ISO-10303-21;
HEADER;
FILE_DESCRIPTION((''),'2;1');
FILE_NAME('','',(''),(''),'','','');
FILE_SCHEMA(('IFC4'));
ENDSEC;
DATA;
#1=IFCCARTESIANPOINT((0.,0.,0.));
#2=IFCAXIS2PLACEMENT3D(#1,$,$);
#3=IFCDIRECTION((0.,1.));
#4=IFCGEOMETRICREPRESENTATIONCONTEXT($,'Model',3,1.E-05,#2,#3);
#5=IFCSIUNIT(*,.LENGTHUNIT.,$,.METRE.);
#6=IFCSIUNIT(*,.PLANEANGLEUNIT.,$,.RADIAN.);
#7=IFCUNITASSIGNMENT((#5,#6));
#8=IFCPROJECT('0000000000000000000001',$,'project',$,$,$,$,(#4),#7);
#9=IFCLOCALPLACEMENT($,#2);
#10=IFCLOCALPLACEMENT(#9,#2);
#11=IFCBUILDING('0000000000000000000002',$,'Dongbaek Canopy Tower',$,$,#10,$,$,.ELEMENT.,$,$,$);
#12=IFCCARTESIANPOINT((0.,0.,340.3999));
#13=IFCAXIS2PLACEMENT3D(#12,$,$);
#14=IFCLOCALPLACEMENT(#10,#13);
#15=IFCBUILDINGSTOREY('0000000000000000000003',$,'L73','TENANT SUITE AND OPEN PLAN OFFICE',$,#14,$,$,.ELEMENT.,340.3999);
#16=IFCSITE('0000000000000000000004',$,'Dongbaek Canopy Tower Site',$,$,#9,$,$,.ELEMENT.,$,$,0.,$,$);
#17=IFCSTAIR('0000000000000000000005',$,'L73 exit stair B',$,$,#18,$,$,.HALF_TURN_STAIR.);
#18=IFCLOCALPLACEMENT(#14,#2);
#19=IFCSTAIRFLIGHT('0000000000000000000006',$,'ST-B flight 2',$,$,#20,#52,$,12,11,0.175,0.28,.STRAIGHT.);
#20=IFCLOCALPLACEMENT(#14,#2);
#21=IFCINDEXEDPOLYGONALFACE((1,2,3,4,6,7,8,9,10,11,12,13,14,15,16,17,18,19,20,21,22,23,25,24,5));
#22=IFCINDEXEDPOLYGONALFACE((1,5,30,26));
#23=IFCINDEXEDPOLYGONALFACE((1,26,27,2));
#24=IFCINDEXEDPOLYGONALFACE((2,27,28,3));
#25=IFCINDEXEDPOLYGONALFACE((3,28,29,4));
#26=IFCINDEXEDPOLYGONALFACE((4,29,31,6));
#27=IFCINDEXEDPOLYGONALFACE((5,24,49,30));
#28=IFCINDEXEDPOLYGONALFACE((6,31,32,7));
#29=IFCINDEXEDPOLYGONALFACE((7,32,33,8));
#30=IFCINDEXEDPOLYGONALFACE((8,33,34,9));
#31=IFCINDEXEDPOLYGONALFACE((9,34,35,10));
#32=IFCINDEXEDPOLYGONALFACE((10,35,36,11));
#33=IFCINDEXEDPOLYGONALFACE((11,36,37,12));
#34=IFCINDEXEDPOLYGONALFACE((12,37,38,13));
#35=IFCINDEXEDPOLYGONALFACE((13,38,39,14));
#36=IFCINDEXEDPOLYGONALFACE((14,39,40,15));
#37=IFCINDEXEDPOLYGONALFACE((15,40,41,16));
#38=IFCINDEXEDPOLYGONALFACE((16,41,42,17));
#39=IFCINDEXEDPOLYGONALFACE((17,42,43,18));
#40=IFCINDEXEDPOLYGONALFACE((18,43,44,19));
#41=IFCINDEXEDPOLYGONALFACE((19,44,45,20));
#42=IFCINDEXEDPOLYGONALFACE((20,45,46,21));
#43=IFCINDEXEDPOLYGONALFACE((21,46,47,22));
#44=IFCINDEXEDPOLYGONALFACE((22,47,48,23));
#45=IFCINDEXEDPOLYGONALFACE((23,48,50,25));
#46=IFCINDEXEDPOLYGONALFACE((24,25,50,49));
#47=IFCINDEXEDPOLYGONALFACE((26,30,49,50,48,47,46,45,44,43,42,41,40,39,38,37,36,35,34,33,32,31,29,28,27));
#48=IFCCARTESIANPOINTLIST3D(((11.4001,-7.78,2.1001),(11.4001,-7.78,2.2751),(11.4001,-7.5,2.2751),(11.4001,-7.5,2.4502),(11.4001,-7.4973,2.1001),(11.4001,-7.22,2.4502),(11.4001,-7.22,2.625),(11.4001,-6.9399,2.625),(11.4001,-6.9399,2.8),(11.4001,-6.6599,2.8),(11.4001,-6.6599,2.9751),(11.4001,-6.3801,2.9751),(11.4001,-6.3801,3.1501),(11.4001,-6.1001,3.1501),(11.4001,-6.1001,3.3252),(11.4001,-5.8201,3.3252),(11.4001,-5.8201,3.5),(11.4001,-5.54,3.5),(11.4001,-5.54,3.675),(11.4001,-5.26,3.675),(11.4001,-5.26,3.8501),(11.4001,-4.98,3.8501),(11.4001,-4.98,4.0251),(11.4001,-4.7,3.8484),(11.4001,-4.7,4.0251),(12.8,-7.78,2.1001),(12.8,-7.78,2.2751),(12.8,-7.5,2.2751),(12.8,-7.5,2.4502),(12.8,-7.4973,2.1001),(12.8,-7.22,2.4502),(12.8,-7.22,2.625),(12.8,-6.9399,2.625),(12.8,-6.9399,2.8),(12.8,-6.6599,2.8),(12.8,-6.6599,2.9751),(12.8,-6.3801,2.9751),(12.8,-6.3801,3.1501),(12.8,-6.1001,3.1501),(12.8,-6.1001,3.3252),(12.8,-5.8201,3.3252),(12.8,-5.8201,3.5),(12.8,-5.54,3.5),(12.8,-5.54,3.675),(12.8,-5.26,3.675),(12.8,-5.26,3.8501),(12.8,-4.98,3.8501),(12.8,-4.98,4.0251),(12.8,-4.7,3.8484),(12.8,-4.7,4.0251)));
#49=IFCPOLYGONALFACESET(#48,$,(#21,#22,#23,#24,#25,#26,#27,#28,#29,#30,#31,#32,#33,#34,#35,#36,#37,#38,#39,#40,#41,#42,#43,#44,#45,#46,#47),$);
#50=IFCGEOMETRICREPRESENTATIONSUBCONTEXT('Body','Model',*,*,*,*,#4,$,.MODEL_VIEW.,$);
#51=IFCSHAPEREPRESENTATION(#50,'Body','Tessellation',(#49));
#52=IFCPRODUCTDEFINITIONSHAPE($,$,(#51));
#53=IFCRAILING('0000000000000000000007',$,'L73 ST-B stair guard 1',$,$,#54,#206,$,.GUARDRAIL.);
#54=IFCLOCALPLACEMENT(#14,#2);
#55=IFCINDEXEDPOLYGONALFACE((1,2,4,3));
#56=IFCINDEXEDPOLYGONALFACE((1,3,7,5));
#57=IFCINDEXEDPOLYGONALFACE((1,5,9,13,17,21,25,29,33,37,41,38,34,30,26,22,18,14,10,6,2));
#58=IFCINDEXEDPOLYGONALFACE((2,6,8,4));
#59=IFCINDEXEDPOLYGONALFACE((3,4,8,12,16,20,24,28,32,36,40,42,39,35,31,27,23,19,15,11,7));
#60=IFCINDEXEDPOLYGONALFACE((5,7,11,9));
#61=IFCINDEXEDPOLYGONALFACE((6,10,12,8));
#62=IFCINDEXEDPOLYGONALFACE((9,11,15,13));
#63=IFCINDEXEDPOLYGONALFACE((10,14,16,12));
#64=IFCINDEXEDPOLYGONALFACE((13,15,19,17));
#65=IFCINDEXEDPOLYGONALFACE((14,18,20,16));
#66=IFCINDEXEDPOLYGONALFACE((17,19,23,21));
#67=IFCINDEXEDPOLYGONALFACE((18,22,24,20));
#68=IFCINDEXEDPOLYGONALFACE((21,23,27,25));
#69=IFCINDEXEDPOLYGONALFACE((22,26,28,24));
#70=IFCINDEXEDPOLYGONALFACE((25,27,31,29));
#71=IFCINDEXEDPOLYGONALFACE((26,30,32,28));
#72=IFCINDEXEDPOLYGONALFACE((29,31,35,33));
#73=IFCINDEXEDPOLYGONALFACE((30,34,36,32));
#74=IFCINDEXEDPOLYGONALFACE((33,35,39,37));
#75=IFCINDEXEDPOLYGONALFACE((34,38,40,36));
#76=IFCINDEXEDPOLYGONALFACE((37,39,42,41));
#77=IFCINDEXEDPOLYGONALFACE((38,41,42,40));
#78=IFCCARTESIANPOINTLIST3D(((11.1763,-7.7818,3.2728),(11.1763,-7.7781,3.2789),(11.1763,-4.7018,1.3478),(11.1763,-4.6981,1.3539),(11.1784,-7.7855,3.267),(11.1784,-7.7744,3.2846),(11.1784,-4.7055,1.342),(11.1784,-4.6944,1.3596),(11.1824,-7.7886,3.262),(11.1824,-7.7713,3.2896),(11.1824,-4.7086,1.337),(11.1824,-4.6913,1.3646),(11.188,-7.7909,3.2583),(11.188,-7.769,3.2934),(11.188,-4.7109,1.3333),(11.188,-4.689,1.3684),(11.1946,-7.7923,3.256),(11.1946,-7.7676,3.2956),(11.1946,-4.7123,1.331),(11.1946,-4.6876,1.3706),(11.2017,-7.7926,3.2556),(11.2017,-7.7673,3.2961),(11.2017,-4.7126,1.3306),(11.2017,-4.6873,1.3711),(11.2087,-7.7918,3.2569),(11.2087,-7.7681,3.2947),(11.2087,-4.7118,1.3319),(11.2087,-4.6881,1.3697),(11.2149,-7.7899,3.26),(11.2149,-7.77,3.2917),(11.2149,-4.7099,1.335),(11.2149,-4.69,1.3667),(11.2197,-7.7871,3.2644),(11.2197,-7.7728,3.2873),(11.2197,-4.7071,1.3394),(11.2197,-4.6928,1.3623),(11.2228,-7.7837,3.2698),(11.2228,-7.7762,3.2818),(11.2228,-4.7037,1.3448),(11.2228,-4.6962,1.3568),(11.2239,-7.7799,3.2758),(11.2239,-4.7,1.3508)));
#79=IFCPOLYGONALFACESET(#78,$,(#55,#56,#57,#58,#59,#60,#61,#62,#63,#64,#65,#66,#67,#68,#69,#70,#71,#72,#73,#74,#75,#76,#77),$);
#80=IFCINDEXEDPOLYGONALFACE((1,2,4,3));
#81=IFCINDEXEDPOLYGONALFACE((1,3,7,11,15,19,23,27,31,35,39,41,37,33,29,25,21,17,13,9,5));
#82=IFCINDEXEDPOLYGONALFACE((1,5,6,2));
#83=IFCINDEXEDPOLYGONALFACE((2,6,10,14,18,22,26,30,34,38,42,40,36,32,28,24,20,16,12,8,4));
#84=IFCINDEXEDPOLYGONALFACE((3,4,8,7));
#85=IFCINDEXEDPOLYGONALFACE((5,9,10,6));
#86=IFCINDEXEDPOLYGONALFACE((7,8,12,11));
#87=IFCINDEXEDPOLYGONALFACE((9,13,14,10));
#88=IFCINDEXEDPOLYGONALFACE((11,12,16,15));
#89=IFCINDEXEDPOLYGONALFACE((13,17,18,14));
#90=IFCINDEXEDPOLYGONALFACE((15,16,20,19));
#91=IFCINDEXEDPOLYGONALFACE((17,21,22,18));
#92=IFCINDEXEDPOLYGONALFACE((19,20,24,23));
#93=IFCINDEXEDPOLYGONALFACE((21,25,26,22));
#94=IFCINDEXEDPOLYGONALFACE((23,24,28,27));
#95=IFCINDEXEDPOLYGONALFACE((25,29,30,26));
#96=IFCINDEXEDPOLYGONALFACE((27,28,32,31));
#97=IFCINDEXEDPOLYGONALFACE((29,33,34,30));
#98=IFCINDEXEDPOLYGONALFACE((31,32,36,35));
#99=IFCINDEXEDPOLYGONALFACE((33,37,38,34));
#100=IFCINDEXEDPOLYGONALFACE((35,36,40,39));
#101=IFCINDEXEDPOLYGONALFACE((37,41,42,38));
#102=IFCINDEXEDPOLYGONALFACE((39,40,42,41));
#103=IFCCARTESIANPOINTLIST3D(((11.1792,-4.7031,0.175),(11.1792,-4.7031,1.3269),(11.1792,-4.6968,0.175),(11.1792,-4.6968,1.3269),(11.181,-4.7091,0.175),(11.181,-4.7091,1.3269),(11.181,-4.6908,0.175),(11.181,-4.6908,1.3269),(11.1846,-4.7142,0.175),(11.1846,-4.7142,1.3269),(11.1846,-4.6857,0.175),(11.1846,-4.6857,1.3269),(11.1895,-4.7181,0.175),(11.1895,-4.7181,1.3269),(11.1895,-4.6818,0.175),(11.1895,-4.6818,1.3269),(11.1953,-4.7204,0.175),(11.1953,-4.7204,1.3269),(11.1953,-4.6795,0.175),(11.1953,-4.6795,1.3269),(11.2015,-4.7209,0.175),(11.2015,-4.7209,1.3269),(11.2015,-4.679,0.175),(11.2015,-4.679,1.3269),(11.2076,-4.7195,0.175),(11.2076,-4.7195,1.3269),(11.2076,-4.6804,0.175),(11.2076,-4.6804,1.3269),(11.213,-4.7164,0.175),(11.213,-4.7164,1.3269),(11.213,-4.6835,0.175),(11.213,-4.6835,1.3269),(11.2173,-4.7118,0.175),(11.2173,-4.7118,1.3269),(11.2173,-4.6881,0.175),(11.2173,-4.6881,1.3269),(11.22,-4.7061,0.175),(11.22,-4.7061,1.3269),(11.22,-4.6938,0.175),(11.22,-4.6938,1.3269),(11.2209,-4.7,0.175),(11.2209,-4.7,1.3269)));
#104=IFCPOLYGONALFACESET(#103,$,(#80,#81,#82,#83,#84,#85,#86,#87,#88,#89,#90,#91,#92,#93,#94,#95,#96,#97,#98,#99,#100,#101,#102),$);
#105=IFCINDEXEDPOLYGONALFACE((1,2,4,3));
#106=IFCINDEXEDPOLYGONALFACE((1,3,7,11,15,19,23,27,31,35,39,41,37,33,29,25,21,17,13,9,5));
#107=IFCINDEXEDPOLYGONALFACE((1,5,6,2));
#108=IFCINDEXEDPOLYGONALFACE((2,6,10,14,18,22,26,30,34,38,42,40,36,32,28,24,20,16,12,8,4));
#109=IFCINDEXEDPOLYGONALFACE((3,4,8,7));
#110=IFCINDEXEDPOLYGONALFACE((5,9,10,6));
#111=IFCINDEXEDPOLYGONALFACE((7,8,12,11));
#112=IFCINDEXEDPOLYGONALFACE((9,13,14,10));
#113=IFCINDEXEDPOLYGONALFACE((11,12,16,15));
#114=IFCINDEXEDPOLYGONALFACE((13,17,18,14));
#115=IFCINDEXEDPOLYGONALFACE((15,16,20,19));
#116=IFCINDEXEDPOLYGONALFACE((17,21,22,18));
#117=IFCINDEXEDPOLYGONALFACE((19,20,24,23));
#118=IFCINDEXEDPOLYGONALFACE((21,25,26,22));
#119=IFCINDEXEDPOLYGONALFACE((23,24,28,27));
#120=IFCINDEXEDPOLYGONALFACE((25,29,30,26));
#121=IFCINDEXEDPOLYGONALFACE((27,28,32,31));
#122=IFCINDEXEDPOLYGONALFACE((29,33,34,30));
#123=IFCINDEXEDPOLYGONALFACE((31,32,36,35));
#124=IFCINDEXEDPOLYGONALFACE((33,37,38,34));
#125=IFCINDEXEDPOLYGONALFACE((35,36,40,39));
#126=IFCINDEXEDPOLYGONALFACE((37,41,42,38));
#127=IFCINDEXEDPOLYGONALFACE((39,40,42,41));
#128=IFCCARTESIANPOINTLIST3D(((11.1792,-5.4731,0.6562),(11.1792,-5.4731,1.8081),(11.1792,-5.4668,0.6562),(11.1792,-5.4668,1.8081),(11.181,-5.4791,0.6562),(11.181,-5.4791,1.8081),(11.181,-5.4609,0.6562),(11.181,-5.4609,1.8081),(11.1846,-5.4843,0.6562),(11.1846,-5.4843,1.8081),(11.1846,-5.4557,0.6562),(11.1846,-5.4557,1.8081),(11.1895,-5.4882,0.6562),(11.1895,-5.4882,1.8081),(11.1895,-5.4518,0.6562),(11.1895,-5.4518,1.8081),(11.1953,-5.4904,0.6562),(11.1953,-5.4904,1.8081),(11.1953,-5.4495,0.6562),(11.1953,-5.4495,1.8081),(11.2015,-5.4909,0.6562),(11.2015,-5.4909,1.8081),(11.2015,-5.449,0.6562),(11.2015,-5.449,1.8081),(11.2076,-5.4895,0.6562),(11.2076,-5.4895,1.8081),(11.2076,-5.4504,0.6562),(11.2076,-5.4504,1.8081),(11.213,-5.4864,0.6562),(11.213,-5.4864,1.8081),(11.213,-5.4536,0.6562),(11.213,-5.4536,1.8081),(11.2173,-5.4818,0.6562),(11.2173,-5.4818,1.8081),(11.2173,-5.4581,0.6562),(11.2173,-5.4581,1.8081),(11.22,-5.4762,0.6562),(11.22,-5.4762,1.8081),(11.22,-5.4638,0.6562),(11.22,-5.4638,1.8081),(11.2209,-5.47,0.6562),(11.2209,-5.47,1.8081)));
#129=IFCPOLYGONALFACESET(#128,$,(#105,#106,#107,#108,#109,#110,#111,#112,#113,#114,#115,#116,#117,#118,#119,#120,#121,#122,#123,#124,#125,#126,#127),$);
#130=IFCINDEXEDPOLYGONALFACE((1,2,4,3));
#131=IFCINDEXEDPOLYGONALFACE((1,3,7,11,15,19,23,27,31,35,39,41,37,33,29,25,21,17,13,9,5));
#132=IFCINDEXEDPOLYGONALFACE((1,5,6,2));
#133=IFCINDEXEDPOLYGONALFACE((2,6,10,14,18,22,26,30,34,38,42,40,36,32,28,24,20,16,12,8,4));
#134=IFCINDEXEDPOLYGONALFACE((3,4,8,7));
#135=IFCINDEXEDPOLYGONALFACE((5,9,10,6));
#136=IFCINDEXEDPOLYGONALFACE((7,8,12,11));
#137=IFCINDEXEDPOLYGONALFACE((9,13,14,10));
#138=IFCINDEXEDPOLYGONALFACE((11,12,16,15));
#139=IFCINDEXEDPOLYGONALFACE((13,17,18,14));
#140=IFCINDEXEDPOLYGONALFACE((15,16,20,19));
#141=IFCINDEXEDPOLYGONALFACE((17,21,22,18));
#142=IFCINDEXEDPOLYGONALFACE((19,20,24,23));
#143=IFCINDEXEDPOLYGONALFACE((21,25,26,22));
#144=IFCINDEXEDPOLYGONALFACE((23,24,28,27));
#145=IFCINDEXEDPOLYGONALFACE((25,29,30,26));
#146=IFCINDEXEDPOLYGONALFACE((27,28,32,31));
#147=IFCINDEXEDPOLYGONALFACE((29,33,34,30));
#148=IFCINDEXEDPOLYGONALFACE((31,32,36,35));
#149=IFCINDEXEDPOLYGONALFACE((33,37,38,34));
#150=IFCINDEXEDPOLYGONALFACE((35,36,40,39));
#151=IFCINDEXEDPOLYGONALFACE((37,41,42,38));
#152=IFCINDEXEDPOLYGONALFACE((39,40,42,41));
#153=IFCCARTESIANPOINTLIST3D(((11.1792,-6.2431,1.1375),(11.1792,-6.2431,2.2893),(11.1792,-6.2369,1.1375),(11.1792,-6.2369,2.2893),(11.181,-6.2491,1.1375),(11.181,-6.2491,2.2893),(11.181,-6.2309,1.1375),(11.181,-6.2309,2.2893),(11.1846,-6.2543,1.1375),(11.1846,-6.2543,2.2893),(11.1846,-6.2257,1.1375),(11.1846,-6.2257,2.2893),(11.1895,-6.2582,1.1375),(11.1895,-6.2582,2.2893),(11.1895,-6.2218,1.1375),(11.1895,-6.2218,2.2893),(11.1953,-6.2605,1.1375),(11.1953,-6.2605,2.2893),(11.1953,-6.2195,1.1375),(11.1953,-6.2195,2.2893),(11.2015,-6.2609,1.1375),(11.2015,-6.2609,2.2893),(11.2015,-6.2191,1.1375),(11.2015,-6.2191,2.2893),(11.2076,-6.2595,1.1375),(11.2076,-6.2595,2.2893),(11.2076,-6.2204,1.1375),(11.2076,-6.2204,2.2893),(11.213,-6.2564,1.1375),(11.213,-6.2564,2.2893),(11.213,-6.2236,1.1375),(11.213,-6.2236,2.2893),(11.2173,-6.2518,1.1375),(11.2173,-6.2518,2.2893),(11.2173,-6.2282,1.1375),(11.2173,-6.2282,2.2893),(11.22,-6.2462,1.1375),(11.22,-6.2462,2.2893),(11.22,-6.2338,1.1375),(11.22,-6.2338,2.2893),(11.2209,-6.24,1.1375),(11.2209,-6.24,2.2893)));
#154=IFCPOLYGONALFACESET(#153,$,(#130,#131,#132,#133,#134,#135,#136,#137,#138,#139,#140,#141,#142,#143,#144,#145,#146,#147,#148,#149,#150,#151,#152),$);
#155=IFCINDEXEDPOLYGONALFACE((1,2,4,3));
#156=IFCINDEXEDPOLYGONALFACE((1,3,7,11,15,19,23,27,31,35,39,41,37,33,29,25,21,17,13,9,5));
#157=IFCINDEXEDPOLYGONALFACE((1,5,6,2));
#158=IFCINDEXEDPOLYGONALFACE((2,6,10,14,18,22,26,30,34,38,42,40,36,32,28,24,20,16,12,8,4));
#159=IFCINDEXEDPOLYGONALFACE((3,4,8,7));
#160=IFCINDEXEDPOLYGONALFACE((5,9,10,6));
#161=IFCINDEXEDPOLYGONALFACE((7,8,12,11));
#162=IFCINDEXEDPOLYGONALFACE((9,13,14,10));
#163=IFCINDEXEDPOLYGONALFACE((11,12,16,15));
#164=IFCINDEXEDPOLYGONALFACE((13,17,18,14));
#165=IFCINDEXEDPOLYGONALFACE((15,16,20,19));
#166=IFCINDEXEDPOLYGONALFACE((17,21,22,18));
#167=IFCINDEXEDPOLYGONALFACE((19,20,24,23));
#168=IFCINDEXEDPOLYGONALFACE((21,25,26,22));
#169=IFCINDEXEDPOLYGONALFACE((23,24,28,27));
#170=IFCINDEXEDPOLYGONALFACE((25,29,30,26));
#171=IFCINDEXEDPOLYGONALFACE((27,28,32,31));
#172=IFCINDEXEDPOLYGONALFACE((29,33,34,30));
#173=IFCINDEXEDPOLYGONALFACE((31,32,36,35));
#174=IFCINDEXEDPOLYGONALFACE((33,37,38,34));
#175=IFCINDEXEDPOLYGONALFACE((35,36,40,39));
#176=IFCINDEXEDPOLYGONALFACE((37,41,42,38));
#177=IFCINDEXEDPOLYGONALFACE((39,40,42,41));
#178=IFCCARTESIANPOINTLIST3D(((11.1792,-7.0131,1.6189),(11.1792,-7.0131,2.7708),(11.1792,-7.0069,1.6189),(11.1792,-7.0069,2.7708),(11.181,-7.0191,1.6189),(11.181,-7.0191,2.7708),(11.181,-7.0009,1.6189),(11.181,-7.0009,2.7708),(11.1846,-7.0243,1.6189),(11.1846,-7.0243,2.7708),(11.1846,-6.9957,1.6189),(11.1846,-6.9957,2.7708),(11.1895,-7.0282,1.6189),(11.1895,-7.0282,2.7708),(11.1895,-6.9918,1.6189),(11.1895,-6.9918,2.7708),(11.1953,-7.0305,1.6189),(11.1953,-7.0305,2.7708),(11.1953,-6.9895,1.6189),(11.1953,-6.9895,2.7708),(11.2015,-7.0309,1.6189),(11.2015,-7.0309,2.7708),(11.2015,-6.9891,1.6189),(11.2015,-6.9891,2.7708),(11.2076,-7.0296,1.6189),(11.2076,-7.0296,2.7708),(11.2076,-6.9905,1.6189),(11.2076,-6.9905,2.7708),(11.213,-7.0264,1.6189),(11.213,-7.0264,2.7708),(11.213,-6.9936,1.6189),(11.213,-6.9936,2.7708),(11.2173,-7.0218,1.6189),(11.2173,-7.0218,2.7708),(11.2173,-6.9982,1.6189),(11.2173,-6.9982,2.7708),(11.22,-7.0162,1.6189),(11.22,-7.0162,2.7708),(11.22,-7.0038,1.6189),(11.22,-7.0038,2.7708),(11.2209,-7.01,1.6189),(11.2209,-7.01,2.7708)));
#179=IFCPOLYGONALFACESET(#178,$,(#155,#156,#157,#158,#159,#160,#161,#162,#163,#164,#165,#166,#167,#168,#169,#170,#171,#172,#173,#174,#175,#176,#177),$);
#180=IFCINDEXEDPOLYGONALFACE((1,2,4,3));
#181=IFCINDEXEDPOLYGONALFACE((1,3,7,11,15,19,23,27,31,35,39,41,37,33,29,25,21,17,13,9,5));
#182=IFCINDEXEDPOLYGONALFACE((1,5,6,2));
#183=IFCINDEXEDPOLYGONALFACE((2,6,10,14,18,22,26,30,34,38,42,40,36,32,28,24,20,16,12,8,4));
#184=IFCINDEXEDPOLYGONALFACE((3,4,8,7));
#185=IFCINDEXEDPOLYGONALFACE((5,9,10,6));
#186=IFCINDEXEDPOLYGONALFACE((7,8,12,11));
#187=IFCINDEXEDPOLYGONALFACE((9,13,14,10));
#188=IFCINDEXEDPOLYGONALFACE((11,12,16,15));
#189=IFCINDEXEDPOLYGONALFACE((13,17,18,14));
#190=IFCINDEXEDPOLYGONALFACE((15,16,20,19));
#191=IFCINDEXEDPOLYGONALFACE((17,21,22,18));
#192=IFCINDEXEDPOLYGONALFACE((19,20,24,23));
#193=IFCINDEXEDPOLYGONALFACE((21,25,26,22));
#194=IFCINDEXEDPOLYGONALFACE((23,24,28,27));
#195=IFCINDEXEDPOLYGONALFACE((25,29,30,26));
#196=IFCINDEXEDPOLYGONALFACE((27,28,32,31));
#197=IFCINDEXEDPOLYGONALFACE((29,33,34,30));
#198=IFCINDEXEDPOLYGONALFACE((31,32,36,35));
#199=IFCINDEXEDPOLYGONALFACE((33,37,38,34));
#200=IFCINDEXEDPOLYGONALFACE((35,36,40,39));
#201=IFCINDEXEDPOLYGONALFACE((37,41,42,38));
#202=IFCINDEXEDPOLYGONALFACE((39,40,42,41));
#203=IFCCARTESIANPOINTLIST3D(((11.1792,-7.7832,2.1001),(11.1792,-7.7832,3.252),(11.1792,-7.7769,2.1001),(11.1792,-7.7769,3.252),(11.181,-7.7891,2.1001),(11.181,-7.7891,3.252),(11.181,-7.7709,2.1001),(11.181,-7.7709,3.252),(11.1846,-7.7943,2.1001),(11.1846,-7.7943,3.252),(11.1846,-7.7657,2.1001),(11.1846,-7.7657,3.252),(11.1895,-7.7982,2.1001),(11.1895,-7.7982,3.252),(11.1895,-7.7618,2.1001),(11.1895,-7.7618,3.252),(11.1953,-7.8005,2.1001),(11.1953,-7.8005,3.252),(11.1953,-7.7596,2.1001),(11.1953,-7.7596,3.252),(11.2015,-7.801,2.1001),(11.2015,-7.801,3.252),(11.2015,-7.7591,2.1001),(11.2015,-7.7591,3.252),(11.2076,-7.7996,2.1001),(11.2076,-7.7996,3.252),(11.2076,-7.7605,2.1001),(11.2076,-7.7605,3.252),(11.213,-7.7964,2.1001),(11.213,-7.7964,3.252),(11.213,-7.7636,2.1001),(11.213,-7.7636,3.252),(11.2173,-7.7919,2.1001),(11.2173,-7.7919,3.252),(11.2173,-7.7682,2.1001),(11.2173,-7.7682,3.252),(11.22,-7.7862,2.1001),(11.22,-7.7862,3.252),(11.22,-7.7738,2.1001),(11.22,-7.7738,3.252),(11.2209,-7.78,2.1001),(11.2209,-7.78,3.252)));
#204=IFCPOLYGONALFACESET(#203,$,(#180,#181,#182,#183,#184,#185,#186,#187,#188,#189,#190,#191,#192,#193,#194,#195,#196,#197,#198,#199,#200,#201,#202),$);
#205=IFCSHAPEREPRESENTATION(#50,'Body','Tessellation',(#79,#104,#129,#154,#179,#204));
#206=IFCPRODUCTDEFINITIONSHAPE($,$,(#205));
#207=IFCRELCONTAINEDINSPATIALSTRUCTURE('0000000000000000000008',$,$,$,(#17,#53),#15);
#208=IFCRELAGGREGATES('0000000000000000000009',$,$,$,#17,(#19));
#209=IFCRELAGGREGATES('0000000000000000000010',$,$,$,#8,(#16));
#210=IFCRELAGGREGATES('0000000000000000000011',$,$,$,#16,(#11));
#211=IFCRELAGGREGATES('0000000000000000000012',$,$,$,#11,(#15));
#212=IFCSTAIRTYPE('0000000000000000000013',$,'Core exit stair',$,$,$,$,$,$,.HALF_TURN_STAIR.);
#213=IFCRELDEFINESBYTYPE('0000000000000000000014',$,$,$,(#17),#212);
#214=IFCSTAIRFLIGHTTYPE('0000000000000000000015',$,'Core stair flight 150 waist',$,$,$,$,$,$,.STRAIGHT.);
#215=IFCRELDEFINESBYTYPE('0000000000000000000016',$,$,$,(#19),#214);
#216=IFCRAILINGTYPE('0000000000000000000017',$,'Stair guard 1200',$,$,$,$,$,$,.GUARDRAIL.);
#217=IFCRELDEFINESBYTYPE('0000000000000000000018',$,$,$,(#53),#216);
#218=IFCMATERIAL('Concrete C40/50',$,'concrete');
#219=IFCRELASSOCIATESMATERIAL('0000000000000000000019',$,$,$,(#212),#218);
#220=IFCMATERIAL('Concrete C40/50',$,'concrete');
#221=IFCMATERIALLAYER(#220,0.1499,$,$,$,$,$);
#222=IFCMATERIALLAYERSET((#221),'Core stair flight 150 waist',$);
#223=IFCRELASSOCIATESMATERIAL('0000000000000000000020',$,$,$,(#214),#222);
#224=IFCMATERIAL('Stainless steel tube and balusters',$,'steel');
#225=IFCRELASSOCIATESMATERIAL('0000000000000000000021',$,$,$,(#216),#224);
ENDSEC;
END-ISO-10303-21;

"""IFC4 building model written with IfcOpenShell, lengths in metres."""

from ifc_helpers import new_model, si_unit, direction, frame, origin, origin_2d, place, context, subcontext, project, spatial, polyline, circle, outline, extrude, material, layer, layer_set, type_object, element, aggregate, save


model = new_model("IFC4")

# Units and contexts
model_context = context("Model", 3, precision=1e-05, world=origin(), true_north=direction((0.0, 1.0)))
body_context = subcontext(model_context, "Body", "Model", "MODEL_VIEW")
ifc_project = project(units=[si_unit("LENGTHUNIT", "METRE"), si_unit("PLANEANGLEUNIT", "RADIAN")], contexts=[model_context])

# Site, building, storey
site_placement = place(None, origin())
site = spatial("IfcSite", under=ifc_project, at=site_placement, Name="Dongbaek Canopy Tower Site", CompositionType="ELEMENT", RefElevation=0.0)
building_placement = place(site_placement, origin())
building = spatial("IfcBuilding", under=site, at=building_placement, Name="Dongbaek Canopy Tower", CompositionType="ELEMENT")
storey_placement = place(building_placement, frame((0.0, 0.0, 340.3999)))
storey = spatial("IfcBuildingStorey", under=building, at=storey_placement, Name="L73", Description="TENANT SUITE AND OPEN PLAN OFFICE", CompositionType="ELEMENT", Elevation=340.3999)

# Stair, stair flight
ifc_material_1 = material(Name="Concrete C40/50", Category="concrete")
stair_type = type_object("IfcStairType", Name="Core exit stair", PredefinedType="HALF_TURN_STAIR", material=ifc_material_1)
stair_placement = place(storey_placement, origin())
stair = element("IfcStair", 1, at=stair_placement, inside=storey, type_object=stair_type, Name="L73 exit stair B", PredefinedType="HALF_TURN_STAIR")
ifc_material_2 = material(Name="Concrete C40/50", Category="concrete")
ifc_layer_1 = layer(ifc_material_2, 0.1499)
ifc_layer_set_1 = layer_set([ifc_layer_1], Name="Core stair flight 150 waist")
stair_flight_type = type_object("IfcStairFlightType", Name="Core stair flight 150 waist", PredefinedType="STRAIGHT", material=ifc_layer_set_1)
stair_flight_1_placement = place(storey_placement, frame((12.1001, -7.78, 2.1001), z_axis=(0.0, 0.0, 1.0), x_axis=(0.0, 1.0, 0.0)))
stair_flight_1 = element("IfcStairFlight", 2, at=stair_flight_1_placement, type_object=stair_flight_type, Name="ST-B flight 2", NumberOfRisers=12, NumberOfTreads=11, PredefinedType="STRAIGHT", RiserHeight=0.175, TreadLength=0.28, context=body_context, shape_type="SweptSolid", body=[
    extrude(outline(polyline([(0.0, 0.0), (0.0, 0.175), (0.28, 0.175), (0.28, 0.3501), (0.5601, 0.3501), (0.5601, 0.5249), (0.8401, 0.5249), (0.8401, 0.7), (1.1201, 0.7), (1.1201, 0.875), (1.3999, 0.875), (1.3999, 1.05), (1.6799, 1.05), (1.6799, 1.2251), (1.96, 1.2251), (1.96, 1.3999), (2.24, 1.3999), (2.24, 1.575), (2.52, 1.575), (2.52, 1.75), (2.8, 1.75), (2.8, 1.925), (3.0801, 1.925), (3.0801, 2.1001), (3.0801, 1.7483), (0.2827, 0.0), (0.0, 0.0)])), frame((0.0, 0.7, 0.0), z_axis=(0.0, -1.0, 0.0), x_axis=(1.0, 0.0, 0.0)), (0.0, 0.0, 1.0), 1.3999),
])
aggregate(stair, [stair_flight_1])

# Railing
ifc_material_3 = material(Name="Stainless steel tube and balusters", Category="steel")
railing_type_1 = type_object("IfcRailingType", Name="Stair guard 1200", PredefinedType="GUARDRAIL", material=ifc_material_3)
railing_1_placement = place(storey_placement, frame((11.2, -4.7, 0.175)))
element("IfcRailing", 3, at=railing_1_placement, inside=storey, type_object=railing_type_1, Name="L73 ST-B stair guard 1", PredefinedType="GUARDRAIL", context=body_context, shape_type="SweptSolid", body=[
    extrude(circle(Radius=0.0239, at=origin_2d()), frame((0.0, 0.0, 1.1758), z_axis=(0.0, -0.847998, 0.529999), x_axis=(1.0, 0.0, 0.0)), (0.0, 0.0, 1.0), 3.6321),
    extrude(circle(Radius=0.021, at=origin_2d()), origin(), (0.0, 0.0, 1.0), 1.1519),
    extrude(circle(Radius=0.021, at=origin_2d()), frame((0.0, -0.77, 0.4812)), (0.0, 0.0, 1.0), 1.1519),
    extrude(circle(Radius=0.021, at=origin_2d()), frame((0.0, -1.54, 0.9624)), (0.0, 0.0, 1.0), 1.1519),
    extrude(circle(Radius=0.021, at=origin_2d()), frame((0.0, -2.3101, 1.4438)), (0.0, 0.0, 1.0), 1.1519),
    extrude(circle(Radius=0.021, at=origin_2d()), frame((0.0, -3.0801, 1.925)), (0.0, 0.0, 1.0), 1.1519),
])

save(model, "model.ifc")
